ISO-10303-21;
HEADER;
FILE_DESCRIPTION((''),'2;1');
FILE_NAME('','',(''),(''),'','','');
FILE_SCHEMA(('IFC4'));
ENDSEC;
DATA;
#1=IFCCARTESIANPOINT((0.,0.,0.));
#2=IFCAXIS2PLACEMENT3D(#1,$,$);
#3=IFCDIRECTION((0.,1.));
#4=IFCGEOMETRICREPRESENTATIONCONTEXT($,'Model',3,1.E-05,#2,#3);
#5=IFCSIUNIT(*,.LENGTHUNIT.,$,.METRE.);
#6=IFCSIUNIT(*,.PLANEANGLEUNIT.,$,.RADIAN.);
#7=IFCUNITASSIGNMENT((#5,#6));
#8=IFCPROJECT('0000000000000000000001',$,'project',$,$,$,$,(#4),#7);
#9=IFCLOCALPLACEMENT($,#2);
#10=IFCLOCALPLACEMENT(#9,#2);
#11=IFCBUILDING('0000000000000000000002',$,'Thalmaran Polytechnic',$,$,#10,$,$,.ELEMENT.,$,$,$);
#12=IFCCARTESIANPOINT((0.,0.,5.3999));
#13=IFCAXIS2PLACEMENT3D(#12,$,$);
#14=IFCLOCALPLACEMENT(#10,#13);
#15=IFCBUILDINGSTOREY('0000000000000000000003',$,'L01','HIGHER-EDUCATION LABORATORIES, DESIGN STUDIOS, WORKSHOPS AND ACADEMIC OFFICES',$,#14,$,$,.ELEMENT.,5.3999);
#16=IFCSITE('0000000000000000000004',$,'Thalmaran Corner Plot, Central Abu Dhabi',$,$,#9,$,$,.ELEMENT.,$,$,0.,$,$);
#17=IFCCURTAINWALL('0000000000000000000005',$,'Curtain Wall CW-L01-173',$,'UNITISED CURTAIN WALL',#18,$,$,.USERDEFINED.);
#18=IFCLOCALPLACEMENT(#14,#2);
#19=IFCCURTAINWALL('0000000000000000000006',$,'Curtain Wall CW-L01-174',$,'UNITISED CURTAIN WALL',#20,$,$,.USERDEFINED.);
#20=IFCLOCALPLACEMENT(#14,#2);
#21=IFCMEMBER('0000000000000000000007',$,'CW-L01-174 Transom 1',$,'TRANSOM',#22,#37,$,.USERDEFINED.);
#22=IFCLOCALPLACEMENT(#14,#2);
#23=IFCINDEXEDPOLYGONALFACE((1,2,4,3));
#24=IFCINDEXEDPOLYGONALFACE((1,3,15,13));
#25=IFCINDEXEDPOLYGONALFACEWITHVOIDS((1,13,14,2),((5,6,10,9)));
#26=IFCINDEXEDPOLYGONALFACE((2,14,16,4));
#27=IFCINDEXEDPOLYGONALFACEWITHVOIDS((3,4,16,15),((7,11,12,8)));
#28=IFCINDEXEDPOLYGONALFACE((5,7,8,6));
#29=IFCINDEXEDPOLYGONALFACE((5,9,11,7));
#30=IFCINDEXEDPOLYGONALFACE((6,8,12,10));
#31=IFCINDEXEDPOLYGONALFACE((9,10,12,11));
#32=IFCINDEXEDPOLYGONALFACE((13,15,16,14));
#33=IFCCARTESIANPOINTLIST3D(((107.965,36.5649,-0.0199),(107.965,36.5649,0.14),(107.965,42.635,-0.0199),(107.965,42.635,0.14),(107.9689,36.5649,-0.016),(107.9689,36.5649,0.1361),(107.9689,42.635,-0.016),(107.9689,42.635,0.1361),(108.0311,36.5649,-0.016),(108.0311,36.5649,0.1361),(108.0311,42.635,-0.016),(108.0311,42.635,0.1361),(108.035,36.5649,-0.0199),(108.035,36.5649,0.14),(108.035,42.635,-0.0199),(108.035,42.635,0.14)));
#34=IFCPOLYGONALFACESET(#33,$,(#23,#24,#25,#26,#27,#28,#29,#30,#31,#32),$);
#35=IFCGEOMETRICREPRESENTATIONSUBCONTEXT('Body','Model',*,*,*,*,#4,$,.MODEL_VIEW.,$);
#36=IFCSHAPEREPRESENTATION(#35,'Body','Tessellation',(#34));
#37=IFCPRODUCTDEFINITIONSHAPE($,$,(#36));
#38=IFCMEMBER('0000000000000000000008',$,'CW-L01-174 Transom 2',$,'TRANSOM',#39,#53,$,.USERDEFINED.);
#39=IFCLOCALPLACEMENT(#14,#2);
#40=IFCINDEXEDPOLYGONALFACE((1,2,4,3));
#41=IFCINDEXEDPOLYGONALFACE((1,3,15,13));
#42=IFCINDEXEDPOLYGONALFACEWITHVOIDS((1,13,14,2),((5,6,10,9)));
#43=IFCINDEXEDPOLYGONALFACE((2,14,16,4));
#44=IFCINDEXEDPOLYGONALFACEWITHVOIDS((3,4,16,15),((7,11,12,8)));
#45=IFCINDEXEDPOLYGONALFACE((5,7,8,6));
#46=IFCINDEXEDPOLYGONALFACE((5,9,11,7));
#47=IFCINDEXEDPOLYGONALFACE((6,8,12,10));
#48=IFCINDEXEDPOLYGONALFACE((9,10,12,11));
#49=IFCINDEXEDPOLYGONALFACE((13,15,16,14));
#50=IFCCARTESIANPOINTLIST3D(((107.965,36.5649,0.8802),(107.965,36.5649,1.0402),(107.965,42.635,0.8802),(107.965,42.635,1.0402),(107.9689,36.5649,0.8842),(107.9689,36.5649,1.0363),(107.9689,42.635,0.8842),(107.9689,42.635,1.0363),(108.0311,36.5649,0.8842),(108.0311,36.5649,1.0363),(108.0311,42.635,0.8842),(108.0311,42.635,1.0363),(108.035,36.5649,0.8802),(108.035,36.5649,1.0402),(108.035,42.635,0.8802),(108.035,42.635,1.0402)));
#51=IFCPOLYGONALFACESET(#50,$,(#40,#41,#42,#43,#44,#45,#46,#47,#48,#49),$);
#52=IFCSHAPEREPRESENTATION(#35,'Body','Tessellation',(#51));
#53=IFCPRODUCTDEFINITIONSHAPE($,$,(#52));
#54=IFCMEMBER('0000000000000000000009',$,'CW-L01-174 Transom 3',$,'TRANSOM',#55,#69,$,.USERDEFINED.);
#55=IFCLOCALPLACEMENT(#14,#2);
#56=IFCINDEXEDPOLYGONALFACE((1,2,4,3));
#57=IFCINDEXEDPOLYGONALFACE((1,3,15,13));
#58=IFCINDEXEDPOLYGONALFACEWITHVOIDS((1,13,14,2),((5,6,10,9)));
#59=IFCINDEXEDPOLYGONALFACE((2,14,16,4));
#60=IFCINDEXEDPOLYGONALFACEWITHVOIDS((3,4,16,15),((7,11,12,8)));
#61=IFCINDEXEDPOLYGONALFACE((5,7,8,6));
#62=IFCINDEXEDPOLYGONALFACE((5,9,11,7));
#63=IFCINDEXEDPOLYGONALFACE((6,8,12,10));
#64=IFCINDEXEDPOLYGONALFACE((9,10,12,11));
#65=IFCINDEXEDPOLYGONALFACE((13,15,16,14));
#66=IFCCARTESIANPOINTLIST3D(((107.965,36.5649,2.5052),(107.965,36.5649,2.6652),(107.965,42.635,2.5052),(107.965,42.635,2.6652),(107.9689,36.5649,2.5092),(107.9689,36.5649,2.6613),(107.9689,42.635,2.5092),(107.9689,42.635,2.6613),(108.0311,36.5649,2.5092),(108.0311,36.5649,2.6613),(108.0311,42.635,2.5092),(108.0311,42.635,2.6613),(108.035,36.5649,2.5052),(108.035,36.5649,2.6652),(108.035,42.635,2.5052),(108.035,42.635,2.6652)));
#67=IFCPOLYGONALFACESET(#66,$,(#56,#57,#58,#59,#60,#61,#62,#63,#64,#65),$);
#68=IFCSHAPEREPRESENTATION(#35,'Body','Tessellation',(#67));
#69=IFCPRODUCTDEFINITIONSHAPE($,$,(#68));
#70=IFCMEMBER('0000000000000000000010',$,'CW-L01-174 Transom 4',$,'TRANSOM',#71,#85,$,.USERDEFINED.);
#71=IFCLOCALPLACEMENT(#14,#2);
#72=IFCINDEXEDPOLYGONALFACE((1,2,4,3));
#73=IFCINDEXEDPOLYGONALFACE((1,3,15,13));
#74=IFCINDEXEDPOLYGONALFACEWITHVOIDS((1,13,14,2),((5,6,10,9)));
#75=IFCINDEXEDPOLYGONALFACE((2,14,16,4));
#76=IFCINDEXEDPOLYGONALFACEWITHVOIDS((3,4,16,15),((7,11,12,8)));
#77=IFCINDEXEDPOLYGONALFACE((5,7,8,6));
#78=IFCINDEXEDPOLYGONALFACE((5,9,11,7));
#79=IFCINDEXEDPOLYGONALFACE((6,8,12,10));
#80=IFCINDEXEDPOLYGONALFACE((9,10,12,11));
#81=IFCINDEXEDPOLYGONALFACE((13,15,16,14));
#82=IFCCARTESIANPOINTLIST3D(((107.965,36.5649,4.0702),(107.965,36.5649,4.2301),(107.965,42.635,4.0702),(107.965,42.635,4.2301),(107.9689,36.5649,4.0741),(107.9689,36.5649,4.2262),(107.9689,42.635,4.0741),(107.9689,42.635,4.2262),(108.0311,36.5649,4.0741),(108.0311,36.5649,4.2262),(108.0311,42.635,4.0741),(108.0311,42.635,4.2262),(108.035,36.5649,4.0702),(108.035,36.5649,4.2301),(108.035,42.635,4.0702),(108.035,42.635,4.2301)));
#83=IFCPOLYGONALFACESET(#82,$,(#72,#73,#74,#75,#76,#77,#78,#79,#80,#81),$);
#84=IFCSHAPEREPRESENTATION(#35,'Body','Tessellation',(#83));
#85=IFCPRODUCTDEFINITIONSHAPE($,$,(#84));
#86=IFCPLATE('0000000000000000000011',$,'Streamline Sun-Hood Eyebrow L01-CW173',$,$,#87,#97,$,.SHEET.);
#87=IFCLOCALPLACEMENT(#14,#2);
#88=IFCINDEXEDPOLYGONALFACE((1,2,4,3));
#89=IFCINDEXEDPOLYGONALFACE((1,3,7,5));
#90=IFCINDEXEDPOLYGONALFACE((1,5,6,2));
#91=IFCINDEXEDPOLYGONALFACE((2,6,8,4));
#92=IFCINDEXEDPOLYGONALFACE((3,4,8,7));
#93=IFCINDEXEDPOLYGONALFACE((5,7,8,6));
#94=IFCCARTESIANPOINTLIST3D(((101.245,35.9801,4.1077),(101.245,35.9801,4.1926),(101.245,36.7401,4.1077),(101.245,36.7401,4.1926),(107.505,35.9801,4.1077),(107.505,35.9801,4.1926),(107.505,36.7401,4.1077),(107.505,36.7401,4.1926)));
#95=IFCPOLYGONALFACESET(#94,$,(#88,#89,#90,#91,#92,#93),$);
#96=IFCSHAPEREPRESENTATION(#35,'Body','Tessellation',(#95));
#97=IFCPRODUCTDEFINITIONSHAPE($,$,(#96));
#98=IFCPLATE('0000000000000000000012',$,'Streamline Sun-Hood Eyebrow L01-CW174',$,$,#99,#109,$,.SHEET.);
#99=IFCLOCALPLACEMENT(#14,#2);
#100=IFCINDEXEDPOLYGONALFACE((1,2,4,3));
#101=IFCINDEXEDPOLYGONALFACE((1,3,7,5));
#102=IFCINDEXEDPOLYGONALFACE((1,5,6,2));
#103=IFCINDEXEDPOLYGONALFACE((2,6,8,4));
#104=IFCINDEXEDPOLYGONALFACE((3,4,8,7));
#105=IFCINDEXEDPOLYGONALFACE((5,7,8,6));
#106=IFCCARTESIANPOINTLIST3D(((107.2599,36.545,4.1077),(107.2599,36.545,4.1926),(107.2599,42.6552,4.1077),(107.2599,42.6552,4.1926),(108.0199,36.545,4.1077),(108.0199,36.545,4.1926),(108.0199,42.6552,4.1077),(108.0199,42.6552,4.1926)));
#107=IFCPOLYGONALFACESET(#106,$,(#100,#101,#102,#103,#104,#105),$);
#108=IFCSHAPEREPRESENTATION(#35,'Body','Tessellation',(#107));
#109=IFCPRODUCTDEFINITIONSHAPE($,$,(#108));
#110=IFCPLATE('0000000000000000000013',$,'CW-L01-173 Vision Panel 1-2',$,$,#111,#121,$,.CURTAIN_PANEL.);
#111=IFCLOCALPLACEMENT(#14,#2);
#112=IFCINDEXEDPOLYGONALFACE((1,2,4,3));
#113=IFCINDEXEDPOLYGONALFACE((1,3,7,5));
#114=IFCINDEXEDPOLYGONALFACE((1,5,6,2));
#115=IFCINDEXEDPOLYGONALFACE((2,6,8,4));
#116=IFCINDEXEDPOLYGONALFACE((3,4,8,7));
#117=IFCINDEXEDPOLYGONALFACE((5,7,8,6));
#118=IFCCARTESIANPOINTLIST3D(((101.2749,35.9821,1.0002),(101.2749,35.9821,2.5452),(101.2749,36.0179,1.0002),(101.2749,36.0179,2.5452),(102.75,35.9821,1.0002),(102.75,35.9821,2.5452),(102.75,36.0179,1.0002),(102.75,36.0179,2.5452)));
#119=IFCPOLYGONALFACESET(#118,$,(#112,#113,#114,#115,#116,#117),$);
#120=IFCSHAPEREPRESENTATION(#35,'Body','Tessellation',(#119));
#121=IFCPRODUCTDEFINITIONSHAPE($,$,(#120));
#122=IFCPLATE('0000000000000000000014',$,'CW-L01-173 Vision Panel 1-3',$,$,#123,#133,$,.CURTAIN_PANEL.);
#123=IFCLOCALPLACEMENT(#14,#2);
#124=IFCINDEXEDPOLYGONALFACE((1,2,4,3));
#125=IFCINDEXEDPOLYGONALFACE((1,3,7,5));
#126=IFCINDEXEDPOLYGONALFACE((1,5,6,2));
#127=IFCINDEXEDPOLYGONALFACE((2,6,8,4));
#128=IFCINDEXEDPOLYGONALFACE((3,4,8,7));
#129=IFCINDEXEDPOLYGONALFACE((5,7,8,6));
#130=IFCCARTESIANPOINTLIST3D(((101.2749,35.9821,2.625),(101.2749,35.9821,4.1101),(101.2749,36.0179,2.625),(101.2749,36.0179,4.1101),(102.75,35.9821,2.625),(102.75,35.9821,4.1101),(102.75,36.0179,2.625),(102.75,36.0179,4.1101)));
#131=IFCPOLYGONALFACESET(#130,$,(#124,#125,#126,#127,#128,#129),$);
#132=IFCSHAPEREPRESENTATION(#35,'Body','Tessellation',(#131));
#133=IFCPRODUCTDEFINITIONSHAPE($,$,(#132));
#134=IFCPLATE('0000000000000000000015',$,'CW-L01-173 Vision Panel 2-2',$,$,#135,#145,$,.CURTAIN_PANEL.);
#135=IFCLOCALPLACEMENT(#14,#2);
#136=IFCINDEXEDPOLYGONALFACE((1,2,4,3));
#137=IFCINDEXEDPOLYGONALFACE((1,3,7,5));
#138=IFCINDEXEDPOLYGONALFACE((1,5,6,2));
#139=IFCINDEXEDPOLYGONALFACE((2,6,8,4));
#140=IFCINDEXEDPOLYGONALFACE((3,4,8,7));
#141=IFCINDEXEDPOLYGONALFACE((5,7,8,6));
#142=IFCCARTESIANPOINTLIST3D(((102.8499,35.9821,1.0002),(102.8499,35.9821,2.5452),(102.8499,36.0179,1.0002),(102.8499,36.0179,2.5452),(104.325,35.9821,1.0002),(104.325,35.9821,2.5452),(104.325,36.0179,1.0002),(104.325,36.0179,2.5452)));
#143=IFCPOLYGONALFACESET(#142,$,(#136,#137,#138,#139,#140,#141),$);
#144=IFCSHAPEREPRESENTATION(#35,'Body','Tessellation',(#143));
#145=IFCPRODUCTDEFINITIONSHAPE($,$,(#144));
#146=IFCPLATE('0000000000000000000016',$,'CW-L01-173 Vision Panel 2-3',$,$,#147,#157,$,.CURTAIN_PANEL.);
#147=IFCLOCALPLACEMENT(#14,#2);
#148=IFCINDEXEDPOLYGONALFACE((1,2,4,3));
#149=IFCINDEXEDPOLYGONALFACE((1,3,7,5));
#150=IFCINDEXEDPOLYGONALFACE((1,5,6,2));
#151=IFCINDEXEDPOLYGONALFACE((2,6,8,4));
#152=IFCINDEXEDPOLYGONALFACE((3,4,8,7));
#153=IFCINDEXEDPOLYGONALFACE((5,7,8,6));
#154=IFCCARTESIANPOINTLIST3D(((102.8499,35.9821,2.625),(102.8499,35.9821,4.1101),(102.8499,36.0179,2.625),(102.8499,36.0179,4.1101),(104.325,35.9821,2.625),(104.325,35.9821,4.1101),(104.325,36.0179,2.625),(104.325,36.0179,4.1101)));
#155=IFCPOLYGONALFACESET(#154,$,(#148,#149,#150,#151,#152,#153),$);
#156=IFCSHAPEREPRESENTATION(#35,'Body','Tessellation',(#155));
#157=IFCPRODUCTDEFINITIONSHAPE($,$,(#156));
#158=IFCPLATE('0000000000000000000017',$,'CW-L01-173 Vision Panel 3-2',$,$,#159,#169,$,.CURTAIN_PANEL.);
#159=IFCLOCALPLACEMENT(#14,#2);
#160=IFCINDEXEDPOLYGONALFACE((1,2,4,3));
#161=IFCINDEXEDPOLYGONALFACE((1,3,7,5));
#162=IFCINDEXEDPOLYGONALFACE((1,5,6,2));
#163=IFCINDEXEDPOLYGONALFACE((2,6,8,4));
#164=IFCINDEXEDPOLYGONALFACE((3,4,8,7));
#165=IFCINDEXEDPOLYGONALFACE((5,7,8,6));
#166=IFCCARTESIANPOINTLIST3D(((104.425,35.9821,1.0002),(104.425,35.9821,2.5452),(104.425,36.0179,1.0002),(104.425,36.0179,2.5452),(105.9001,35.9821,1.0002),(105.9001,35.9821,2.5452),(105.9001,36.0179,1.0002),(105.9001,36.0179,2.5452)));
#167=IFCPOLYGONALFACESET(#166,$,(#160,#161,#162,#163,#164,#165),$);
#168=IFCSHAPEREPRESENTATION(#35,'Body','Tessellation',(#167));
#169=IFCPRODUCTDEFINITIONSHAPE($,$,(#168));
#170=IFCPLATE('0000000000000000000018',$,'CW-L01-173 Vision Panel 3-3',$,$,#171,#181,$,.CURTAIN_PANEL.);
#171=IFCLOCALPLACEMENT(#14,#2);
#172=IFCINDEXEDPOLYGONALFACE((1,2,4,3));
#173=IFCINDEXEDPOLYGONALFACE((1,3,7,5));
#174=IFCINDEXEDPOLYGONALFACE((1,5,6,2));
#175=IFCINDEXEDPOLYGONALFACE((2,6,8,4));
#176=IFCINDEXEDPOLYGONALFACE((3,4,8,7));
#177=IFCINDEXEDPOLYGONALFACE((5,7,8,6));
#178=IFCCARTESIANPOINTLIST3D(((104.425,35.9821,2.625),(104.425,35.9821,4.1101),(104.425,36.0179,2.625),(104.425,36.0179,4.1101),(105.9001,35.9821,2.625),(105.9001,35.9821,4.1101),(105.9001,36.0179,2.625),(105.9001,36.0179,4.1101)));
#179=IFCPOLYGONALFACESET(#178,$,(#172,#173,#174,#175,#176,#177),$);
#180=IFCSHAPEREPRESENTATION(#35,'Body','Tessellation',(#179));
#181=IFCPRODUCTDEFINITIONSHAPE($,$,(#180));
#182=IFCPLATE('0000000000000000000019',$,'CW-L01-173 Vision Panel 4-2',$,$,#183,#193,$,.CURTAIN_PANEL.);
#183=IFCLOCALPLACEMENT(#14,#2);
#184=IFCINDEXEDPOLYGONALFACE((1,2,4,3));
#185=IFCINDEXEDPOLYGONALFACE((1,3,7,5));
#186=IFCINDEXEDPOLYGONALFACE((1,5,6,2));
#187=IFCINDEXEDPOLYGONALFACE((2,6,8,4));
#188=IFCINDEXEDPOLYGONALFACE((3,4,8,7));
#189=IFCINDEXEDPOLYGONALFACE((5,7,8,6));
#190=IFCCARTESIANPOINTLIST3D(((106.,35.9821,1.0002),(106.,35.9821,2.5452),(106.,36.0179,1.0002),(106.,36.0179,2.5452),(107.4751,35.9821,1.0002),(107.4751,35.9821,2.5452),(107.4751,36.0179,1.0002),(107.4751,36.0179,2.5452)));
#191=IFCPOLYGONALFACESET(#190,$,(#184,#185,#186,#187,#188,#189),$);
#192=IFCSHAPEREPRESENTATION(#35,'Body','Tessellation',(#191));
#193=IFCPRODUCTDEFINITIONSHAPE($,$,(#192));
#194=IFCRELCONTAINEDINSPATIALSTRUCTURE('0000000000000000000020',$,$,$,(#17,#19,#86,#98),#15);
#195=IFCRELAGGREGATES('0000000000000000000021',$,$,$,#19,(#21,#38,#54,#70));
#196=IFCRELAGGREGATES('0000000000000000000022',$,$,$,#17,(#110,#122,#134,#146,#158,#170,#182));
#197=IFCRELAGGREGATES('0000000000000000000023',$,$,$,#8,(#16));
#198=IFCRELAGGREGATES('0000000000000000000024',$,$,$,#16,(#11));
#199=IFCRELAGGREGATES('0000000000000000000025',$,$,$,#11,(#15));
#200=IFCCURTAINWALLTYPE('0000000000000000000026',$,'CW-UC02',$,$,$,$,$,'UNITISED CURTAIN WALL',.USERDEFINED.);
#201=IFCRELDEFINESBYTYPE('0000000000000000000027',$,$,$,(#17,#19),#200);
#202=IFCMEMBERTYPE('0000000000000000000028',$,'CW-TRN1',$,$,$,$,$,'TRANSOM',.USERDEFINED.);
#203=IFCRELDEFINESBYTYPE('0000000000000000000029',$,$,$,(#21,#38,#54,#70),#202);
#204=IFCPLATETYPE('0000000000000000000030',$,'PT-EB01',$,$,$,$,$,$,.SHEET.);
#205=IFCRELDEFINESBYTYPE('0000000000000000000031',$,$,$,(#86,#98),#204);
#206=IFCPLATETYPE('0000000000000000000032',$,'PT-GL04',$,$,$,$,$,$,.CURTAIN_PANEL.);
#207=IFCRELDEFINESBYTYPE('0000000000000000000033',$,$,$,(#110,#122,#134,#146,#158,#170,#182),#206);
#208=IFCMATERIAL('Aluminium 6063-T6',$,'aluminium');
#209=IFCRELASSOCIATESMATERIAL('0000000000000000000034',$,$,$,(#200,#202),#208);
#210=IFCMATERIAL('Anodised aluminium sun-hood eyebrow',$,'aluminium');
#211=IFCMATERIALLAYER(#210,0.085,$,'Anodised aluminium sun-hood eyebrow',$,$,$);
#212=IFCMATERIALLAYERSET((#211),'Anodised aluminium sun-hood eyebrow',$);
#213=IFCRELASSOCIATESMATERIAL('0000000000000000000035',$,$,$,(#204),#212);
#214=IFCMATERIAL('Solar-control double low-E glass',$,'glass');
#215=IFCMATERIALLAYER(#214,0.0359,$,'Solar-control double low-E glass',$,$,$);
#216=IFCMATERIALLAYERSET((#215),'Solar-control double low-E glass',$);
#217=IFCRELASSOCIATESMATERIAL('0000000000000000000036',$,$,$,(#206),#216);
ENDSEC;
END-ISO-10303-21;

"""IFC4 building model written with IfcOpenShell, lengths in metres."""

from ifc_helpers import new_model, si_unit, direction, frame, origin, origin_2d, place, context, subcontext, project, spatial, rectangle, hollow_rectangle, extrude, material, layer, layer_set, material_profile, profile_set, type_object, element, aggregate, save


model = new_model("IFC4")

# Units and contexts
model_context = context("Model", 3, precision=1e-05, world=origin(), true_north=direction((0.0, 1.0)))
body_context = subcontext(model_context, "Body", "Model", "MODEL_VIEW")
ifc_project = project(units=[si_unit("LENGTHUNIT", "METRE"), si_unit("PLANEANGLEUNIT", "RADIAN")], contexts=[model_context])

# Site, building, storey
site_placement = place(None, origin())
site = spatial("IfcSite", under=ifc_project, at=site_placement, Name="Thalmaran Corner Plot, Central Abu Dhabi", CompositionType="ELEMENT", RefElevation=0.0)
building_placement = place(site_placement, origin())
building = spatial("IfcBuilding", under=site, at=building_placement, Name="Thalmaran Polytechnic", CompositionType="ELEMENT")
storey_placement = place(building_placement, frame((0.0, 0.0, 5.3999)))
storey = spatial("IfcBuildingStorey", under=building, at=storey_placement, Name="L01", Description="HIGHER-EDUCATION LABORATORIES, DESIGN STUDIOS, WORKSHOPS AND ACADEMIC OFFICES", CompositionType="ELEMENT", Elevation=5.3999)

# Curtain walls
ifc_material_1 = material(Name="Aluminium 6063-T6", Category="aluminium")
curtain_wall_type = type_object("IfcCurtainWallType", Name="CW-UC02", ElementType="UNITISED CURTAIN WALL", PredefinedType="USERDEFINED", material=ifc_material_1)
curtain_wall_1_placement = place(storey_placement, origin())
curtain_wall_1 = element("IfcCurtainWall", 1, at=curtain_wall_1_placement, inside=storey, type_object=curtain_wall_type, Name="Curtain Wall CW-L01-173", ObjectType="UNITISED CURTAIN WALL", PredefinedType="USERDEFINED")
curtain_wall_2_placement = place(storey_placement, origin())
curtain_wall_2 = element("IfcCurtainWall", 2, at=curtain_wall_2_placement, inside=storey, type_object=curtain_wall_type, Name="Curtain Wall CW-L01-174", ObjectType="UNITISED CURTAIN WALL", PredefinedType="USERDEFINED")

# Members
ifc_material_profile_1 = material_profile(ifc_material_1, hollow_rectangle(XDim=0.0701, YDim=0.1599, WallThickness=0.0039, at=origin_2d()), Name="AL 160x70x4.0")
ifc_profile_set_1 = profile_set([ifc_material_profile_1], Name="Aluminium 6063-T6")
member_type_1 = type_object("IfcMemberType", Name="CW-TRN1", ElementType="TRANSOM", PredefinedType="USERDEFINED", material=ifc_profile_set_1)
member_1_placement = place(storey_placement, frame((108.0, 36.5649, 0.0601), z_axis=(0.0, 1.0, 0.0), x_axis=(-1.0, 0.0, 0.0)))
member_1 = element("IfcMember", 3, at=member_1_placement, type_object=member_type_1, Name="CW-L01-174 Transom 1", ObjectType="TRANSOM", PredefinedType="USERDEFINED", context=body_context, shape_type="SweptSolid", body=[
    extrude(hollow_rectangle(XDim=0.0701, YDim=0.1599, WallThickness=0.0039, at=origin_2d()), origin(), (0.0, 0.0, 1.0), 6.0701),
])
member_2_placement = place(storey_placement, frame((108.0, 36.5649, 0.9602), z_axis=(0.0, 1.0, 0.0), x_axis=(-1.0, 0.0, 0.0)))
member_2 = element("IfcMember", 4, at=member_2_placement, type_object=member_type_1, Name="CW-L01-174 Transom 2", ObjectType="TRANSOM", PredefinedType="USERDEFINED", context=body_context, shape_type="SweptSolid", body=[
    extrude(hollow_rectangle(XDim=0.0701, YDim=0.1599, WallThickness=0.0039, at=origin_2d()), origin(), (0.0, 0.0, 1.0), 6.0701),
])
member_3_placement = place(storey_placement, frame((108.0, 36.5649, 2.5852), z_axis=(0.0, 1.0, 0.0), x_axis=(-1.0, 0.0, 0.0)))
member_3 = element("IfcMember", 5, at=member_3_placement, type_object=member_type_1, Name="CW-L01-174 Transom 3", ObjectType="TRANSOM", PredefinedType="USERDEFINED", context=body_context, shape_type="SweptSolid", body=[
    extrude(hollow_rectangle(XDim=0.0701, YDim=0.1599, WallThickness=0.0039, at=origin_2d()), origin(), (0.0, 0.0, 1.0), 6.0701),
])
member_4_placement = place(storey_placement, frame((108.0, 36.5649, 4.1501), z_axis=(0.0, 1.0, 0.0), x_axis=(-1.0, 0.0, 0.0)))
member_4 = element("IfcMember", 6, at=member_4_placement, type_object=member_type_1, Name="CW-L01-174 Transom 4", ObjectType="TRANSOM", PredefinedType="USERDEFINED", context=body_context, shape_type="SweptSolid", body=[
    extrude(hollow_rectangle(XDim=0.0701, YDim=0.1599, WallThickness=0.0039, at=origin_2d()), origin(), (0.0, 0.0, 1.0), 6.0701),
])

# Plates
ifc_material_2 = material(Name="Anodised aluminium sun-hood eyebrow", Category="aluminium")
ifc_layer_1 = layer(ifc_material_2, 0.085, Name="Anodised aluminium sun-hood eyebrow")
ifc_layer_set_1 = layer_set([ifc_layer_1], Name="Anodised aluminium sun-hood eyebrow")
plate_type_1 = type_object("IfcPlateType", Name="PT-EB01", PredefinedType="SHEET", material=ifc_layer_set_1)
plate_1_placement = place(storey_placement, frame((104.375, 36.3601, 4.1077), z_axis=(0.0, 0.0, 1.0), x_axis=(1.0, 0.0, 0.0)))
element("IfcPlate", 7, at=plate_1_placement, inside=storey, type_object=plate_type_1, Name="Streamline Sun-Hood Eyebrow L01-CW173", PredefinedType="SHEET", context=body_context, shape_type="SweptSolid", body=[
    extrude(rectangle(XDim=6.26, YDim=0.76, at=origin_2d()), origin(), (0.0, 0.0, 1.0), 0.085),
])
plate_2_placement = place(storey_placement, frame((107.6399, 39.6001, 4.1077), z_axis=(0.0, 0.0, 1.0), x_axis=(0.0, 1.0, 0.0)))
element("IfcPlate", 8, at=plate_2_placement, inside=storey, type_object=plate_type_1, Name="Streamline Sun-Hood Eyebrow L01-CW174", PredefinedType="SHEET", context=body_context, shape_type="SweptSolid", body=[
    extrude(rectangle(XDim=6.1101, YDim=0.76, at=origin_2d()), origin(), (0.0, 0.0, 1.0), 0.085),
])

# Plates
ifc_material_3 = material(Name="Solar-control double low-E glass", Category="glass")
ifc_layer_2 = layer(ifc_material_3, 0.0359, Name="Solar-control double low-E glass")
ifc_layer_set_2 = layer_set([ifc_layer_2], Name="Solar-control double low-E glass")
plate_type_2 = type_object("IfcPlateType", Name="PT-GL04", PredefinedType="CURTAIN_PANEL", material=ifc_layer_set_2)
plate_3_placement = place(storey_placement, frame((102.0125, 36.0, 1.0002), z_axis=(0.0, 0.0, 1.0), x_axis=(1.0, 0.0, 0.0)))
plate_3 = element("IfcPlate", 9, at=plate_3_placement, type_object=plate_type_2, Name="CW-L01-173 Vision Panel 1-2", PredefinedType="CURTAIN_PANEL", context=body_context, shape_type="SweptSolid", body=[
    extrude(rectangle(XDim=1.4751, YDim=0.0359, at=origin_2d()), origin(), (0.0, 0.0, 1.0), 1.5449),
])
plate_4_placement = place(storey_placement, frame((102.0125, 36.0, 2.625), z_axis=(0.0, 0.0, 1.0), x_axis=(1.0, 0.0, 0.0)))
plate_4 = element("IfcPlate", 10, at=plate_4_placement, type_object=plate_type_2, Name="CW-L01-173 Vision Panel 1-3", PredefinedType="CURTAIN_PANEL", context=body_context, shape_type="SweptSolid", body=[
    extrude(rectangle(XDim=1.4751, YDim=0.0359, at=origin_2d()), origin(), (0.0, 0.0, 1.0), 1.4851),
])
plate_5_placement = place(storey_placement, frame((103.5874, 36.0, 1.0002), z_axis=(0.0, 0.0, 1.0), x_axis=(1.0, 0.0, 0.0)))
plate_5 = element("IfcPlate", 11, at=plate_5_placement, type_object=plate_type_2, Name="CW-L01-173 Vision Panel 2-2", PredefinedType="CURTAIN_PANEL", context=body_context, shape_type="SweptSolid", body=[
    extrude(rectangle(XDim=1.4751, YDim=0.0359, at=origin_2d()), origin(), (0.0, 0.0, 1.0), 1.5449),
])
plate_6_placement = place(storey_placement, frame((103.5874, 36.0, 2.625), z_axis=(0.0, 0.0, 1.0), x_axis=(1.0, 0.0, 0.0)))
plate_6 = element("IfcPlate", 12, at=plate_6_placement, type_object=plate_type_2, Name="CW-L01-173 Vision Panel 2-3", PredefinedType="CURTAIN_PANEL", context=body_context, shape_type="SweptSolid", body=[
    extrude(rectangle(XDim=1.4751, YDim=0.0359, at=origin_2d()), origin(), (0.0, 0.0, 1.0), 1.4851),
])
plate_7_placement = place(storey_placement, frame((105.1626, 36.0, 1.0002), z_axis=(0.0, 0.0, 1.0), x_axis=(1.0, 0.0, 0.0)))
plate_7 = element("IfcPlate", 13, at=plate_7_placement, type_object=plate_type_2, Name="CW-L01-173 Vision Panel 3-2", PredefinedType="CURTAIN_PANEL", context=body_context, shape_type="SweptSolid", body=[
    extrude(rectangle(XDim=1.4751, YDim=0.0359, at=origin_2d()), origin(), (0.0, 0.0, 1.0), 1.5449),
])
plate_8_placement = place(storey_placement, frame((105.1626, 36.0, 2.625), z_axis=(0.0, 0.0, 1.0), x_axis=(1.0, 0.0, 0.0)))
plate_8 = element("IfcPlate", 14, at=plate_8_placement, type_object=plate_type_2, Name="CW-L01-173 Vision Panel 3-3", PredefinedType="CURTAIN_PANEL", context=body_context, shape_type="SweptSolid", body=[
    extrude(rectangle(XDim=1.4751, YDim=0.0359, at=origin_2d()), origin(), (0.0, 0.0, 1.0), 1.4851),
])
plate_9_placement = place(storey_placement, frame((106.7375, 36.0, 1.0002), z_axis=(0.0, 0.0, 1.0), x_axis=(1.0, 0.0, 0.0)))
plate_9 = element("IfcPlate", 15, at=plate_9_placement, type_object=plate_type_2, Name="CW-L01-173 Vision Panel 4-2", PredefinedType="CURTAIN_PANEL", context=body_context, shape_type="SweptSolid", body=[
    extrude(rectangle(XDim=1.4751, YDim=0.0359, at=origin_2d()), origin(), (0.0, 0.0, 1.0), 1.5449),
])
aggregate(curtain_wall_2, [member_1, member_2, member_3, member_4])
aggregate(curtain_wall_1, [plate_3, plate_4, plate_5, plate_6, plate_7, plate_8, plate_9])

save(model, "model.ifc")
